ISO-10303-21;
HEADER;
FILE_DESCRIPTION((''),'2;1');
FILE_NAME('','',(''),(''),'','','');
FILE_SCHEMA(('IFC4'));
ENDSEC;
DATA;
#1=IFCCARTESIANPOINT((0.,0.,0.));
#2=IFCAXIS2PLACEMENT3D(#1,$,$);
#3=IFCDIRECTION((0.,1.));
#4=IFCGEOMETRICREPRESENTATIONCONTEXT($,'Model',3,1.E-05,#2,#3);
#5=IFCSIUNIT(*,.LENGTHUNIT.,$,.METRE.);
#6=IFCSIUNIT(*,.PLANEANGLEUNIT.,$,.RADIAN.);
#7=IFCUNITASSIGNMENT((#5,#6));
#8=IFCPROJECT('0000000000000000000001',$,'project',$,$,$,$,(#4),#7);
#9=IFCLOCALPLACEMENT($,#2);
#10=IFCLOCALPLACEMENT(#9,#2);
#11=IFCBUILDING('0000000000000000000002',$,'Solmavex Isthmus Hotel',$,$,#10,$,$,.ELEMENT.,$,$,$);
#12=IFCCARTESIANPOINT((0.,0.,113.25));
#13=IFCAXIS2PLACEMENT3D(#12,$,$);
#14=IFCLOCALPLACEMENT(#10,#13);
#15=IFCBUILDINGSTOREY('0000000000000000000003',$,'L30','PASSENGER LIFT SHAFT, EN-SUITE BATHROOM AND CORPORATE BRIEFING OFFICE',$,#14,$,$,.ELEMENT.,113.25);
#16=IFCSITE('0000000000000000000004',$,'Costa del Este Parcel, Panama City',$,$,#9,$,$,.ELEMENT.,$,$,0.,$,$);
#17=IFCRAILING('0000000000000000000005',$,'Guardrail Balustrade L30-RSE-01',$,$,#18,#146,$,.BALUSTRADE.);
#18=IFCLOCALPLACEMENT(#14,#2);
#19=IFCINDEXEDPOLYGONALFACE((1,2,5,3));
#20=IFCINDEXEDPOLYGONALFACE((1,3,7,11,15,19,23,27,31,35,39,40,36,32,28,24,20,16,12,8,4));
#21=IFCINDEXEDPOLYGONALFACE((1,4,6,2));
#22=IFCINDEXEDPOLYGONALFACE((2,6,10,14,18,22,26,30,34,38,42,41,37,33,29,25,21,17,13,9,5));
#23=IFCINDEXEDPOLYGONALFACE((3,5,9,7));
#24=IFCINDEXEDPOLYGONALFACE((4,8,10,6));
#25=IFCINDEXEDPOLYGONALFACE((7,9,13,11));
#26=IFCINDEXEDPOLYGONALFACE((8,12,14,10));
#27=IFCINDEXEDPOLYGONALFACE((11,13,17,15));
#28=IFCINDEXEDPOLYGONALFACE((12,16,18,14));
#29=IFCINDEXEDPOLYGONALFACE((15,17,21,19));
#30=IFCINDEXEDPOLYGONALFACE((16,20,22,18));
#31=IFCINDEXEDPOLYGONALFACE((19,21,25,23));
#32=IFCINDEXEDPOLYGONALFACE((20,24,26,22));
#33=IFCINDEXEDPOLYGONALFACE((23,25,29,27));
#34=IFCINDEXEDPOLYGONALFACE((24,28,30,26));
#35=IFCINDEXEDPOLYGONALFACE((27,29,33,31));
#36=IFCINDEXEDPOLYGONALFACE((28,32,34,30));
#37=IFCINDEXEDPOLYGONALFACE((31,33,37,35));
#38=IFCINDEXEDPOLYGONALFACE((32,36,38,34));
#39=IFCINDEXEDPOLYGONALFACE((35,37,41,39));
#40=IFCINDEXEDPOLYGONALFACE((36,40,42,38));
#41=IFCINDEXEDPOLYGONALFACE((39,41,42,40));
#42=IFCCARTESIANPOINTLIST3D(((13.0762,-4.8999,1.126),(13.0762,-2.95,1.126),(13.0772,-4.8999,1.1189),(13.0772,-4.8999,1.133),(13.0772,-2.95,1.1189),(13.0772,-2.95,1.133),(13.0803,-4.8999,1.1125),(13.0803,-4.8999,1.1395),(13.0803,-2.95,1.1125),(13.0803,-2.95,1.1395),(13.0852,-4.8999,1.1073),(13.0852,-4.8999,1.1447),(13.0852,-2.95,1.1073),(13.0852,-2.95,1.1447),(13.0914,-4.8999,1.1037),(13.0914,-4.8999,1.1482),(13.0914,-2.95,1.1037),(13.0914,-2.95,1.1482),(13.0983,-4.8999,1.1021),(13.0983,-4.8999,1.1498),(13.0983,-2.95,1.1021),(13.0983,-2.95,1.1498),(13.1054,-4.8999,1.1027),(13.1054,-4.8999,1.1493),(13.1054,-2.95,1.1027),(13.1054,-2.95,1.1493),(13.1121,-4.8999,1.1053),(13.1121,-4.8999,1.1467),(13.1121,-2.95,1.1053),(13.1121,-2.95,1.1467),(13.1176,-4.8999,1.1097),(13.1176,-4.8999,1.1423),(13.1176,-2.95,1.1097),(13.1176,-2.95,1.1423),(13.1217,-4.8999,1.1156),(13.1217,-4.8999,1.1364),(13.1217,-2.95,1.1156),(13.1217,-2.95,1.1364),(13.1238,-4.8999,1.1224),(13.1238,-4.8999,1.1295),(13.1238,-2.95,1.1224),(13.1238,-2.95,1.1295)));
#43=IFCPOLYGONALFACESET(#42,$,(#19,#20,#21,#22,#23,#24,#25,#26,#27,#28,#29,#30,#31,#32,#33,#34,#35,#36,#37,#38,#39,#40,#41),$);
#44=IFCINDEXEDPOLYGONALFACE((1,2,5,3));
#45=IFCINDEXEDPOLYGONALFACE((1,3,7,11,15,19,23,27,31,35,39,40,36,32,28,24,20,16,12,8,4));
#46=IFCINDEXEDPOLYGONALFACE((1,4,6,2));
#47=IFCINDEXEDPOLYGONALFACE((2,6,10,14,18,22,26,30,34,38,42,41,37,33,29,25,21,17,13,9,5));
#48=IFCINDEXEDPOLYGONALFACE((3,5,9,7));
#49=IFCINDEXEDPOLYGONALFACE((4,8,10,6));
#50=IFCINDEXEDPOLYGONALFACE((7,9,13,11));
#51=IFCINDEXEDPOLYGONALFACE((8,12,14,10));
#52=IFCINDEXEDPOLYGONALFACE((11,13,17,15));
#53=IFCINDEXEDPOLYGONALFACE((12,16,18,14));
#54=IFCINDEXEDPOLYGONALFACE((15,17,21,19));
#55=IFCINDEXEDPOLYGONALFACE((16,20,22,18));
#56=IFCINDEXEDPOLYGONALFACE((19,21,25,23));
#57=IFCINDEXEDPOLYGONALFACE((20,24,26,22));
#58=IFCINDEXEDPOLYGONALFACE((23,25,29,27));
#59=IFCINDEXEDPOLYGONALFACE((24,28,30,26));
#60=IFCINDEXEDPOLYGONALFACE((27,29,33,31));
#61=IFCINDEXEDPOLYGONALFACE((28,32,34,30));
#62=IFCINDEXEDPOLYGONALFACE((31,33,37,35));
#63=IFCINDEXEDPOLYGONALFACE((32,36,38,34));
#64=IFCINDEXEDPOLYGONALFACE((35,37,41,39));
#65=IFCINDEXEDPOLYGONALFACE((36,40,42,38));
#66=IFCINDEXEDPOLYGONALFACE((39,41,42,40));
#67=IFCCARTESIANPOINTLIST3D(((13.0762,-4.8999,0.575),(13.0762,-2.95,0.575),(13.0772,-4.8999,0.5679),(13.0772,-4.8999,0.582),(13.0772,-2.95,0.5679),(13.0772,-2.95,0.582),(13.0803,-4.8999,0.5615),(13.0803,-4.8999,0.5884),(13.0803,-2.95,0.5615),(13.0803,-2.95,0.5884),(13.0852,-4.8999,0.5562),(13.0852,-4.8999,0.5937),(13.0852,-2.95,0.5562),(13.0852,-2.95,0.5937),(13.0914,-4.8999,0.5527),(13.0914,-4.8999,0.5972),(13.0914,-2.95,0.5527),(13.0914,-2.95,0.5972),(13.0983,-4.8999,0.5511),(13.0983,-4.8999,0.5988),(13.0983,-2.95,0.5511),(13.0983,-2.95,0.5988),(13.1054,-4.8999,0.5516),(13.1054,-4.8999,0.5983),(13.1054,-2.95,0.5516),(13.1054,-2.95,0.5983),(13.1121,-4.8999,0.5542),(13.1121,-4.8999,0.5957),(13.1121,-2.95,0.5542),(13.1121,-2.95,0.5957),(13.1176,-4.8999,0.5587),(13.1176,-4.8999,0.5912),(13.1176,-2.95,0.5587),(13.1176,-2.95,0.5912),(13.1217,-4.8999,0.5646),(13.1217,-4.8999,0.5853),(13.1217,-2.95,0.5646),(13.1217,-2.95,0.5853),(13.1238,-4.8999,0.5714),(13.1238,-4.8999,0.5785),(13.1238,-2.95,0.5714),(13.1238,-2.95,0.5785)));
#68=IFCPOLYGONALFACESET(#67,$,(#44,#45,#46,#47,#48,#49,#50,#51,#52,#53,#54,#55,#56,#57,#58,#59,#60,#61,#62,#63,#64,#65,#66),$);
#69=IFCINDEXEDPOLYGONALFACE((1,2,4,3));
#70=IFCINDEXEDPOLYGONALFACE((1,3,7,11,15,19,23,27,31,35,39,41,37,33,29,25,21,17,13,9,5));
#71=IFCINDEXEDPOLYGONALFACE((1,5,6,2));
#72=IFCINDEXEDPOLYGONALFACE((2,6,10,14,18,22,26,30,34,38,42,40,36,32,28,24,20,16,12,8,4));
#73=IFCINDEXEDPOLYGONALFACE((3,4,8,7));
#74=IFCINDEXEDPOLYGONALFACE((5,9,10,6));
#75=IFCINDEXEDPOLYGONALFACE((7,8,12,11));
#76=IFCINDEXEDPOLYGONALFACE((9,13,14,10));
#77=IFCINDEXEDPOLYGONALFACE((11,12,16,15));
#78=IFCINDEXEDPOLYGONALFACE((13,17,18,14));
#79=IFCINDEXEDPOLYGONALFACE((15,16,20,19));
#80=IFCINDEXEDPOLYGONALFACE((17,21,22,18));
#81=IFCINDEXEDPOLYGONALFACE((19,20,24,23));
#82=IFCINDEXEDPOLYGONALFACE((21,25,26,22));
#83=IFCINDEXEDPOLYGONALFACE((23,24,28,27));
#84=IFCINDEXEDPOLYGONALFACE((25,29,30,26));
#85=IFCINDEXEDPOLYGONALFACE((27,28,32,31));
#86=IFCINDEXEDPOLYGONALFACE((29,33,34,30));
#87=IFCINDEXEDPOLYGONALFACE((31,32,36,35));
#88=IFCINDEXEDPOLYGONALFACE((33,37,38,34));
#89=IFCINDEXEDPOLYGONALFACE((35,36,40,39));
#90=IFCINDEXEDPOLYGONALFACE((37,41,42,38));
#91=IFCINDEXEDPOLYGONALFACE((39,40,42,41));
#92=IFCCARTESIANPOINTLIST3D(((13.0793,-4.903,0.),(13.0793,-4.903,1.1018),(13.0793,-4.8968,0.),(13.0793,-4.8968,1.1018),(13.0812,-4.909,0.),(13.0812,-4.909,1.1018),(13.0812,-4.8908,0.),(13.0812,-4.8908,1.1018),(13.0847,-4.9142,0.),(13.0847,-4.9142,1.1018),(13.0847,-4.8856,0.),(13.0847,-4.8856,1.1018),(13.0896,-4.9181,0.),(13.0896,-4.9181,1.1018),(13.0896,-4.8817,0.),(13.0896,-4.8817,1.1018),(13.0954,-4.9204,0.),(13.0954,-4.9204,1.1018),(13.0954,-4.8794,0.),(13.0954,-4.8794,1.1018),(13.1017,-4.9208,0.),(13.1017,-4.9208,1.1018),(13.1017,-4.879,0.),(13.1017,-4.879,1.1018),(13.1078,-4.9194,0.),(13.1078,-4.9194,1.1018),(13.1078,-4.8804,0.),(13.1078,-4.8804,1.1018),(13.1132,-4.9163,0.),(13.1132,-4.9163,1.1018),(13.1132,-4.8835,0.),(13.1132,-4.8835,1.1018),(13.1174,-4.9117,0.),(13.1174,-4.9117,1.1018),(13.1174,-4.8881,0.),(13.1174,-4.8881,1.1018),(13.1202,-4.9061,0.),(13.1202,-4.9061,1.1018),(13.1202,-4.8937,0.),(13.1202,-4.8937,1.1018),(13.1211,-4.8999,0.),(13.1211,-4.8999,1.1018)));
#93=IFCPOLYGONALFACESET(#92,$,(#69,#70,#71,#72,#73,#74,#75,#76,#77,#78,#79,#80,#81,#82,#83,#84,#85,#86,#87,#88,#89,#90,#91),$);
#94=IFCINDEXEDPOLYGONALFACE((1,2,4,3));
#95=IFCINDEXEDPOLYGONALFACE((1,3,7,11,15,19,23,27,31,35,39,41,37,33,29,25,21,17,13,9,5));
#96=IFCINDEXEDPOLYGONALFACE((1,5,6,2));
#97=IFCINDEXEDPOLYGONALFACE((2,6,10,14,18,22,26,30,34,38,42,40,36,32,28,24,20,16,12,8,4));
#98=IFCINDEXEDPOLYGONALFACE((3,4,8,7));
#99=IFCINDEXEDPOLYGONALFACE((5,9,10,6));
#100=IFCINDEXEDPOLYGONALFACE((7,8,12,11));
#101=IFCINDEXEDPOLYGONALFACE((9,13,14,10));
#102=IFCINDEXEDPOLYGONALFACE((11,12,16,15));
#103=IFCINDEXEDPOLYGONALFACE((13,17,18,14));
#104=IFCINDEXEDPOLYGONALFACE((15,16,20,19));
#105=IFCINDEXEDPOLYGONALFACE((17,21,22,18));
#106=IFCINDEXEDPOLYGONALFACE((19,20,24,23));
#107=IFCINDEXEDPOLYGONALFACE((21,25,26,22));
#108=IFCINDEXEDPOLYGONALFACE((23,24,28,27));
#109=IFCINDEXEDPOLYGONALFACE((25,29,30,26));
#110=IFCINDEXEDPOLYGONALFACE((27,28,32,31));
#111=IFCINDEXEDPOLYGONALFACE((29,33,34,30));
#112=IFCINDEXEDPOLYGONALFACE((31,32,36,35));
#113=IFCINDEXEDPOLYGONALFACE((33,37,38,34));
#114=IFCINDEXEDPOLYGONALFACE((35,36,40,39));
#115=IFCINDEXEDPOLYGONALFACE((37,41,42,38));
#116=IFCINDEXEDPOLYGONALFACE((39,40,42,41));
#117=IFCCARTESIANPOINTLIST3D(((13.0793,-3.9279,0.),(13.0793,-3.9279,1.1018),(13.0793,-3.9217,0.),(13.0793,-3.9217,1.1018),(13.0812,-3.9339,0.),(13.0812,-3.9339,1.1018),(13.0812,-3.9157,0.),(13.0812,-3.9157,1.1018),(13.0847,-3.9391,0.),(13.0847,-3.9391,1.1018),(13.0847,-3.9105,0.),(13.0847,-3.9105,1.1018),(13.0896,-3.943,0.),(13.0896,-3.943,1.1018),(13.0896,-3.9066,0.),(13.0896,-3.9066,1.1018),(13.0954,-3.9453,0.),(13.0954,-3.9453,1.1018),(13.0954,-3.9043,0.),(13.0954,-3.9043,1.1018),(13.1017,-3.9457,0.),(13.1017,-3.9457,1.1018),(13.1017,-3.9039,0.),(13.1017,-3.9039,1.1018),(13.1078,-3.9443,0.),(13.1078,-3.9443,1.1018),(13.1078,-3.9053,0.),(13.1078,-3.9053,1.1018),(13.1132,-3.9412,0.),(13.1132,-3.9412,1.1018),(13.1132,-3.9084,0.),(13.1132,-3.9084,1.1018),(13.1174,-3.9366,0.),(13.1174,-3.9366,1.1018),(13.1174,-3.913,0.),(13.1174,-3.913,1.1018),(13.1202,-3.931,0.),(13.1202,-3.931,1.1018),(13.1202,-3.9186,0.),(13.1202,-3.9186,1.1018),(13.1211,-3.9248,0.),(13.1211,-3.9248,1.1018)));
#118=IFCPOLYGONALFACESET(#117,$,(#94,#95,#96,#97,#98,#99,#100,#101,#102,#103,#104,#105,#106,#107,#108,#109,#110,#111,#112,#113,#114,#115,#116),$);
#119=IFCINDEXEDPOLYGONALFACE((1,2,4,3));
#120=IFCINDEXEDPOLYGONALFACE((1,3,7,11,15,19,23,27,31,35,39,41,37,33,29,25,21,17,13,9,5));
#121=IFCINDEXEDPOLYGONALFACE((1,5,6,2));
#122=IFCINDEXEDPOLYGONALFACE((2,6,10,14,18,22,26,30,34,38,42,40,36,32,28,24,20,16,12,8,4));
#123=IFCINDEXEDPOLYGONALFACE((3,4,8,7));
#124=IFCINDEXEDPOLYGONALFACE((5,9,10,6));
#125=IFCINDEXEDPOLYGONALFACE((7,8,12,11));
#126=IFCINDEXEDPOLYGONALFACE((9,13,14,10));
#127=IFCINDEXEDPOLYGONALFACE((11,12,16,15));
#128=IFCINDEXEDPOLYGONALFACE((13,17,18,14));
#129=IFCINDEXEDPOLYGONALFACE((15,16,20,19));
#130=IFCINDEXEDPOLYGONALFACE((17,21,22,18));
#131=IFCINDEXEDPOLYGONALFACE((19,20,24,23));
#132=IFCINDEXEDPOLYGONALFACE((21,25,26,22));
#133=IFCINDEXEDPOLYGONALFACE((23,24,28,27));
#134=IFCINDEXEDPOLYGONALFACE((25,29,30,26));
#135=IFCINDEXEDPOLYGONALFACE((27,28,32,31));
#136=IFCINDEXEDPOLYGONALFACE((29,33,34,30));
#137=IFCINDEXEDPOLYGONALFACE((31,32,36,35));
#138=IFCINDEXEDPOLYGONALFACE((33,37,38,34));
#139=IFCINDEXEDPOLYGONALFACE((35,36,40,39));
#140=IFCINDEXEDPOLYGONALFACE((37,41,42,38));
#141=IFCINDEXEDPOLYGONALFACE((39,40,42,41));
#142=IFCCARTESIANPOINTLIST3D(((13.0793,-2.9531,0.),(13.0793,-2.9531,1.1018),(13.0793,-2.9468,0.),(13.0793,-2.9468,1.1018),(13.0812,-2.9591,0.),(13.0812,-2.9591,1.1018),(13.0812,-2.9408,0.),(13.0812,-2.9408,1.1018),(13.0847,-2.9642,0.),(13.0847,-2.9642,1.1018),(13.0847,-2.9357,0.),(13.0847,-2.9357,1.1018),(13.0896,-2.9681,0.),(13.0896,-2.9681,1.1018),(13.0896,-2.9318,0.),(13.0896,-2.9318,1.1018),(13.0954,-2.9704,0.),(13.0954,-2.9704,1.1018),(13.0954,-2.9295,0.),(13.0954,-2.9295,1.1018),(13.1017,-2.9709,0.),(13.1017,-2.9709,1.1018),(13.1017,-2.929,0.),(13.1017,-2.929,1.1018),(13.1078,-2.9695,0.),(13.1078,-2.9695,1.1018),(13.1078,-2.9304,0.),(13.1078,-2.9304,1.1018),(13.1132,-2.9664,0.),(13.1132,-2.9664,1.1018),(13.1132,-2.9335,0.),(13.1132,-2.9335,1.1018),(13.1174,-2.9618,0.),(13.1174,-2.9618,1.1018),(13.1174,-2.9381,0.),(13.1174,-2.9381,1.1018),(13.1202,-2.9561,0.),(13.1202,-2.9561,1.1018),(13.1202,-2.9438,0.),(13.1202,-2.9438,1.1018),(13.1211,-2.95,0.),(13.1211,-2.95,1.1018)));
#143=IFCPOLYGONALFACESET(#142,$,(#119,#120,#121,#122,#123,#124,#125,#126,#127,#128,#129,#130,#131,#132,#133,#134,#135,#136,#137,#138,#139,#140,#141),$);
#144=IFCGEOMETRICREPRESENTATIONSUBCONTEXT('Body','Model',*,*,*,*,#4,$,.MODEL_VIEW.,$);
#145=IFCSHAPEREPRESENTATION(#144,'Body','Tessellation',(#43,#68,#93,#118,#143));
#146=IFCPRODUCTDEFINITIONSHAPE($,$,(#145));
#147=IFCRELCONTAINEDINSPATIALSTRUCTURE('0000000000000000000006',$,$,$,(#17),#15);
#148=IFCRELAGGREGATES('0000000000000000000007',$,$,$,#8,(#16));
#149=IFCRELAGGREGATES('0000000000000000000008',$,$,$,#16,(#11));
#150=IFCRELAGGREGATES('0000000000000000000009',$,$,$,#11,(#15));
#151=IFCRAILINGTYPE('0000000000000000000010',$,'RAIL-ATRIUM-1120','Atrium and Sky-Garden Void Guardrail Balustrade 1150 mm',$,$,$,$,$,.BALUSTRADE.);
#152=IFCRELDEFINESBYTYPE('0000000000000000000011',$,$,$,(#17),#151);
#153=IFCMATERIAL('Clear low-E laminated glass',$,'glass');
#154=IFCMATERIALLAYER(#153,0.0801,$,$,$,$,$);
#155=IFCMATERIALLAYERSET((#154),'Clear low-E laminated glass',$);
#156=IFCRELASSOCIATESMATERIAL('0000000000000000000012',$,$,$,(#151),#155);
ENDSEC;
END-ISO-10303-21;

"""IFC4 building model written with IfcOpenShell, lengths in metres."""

from ifc_helpers import new_model, si_unit, direction, frame, origin, origin_2d, place, context, subcontext, project, spatial, circle, extrude, material, layer, layer_set, type_object, element, save


model = new_model("IFC4")

# Units and contexts
model_context = context("Model", 3, precision=1e-05, world=origin(), true_north=direction((0.0, 1.0)))
body_context = subcontext(model_context, "Body", "Model", "MODEL_VIEW")
ifc_project = project(units=[si_unit("LENGTHUNIT", "METRE"), si_unit("PLANEANGLEUNIT", "RADIAN")], contexts=[model_context])

# Site, building, storey
site_placement = place(None, origin())
site = spatial("IfcSite", under=ifc_project, at=site_placement, Name="Costa del Este Parcel, Panama City", CompositionType="ELEMENT", RefElevation=0.0)
building_placement = place(site_placement, origin())
building = spatial("IfcBuilding", under=site, at=building_placement, Name="Solmavex Isthmus Hotel", CompositionType="ELEMENT")
storey_placement = place(building_placement, frame((0.0, 0.0, 113.25)))
storey = spatial("IfcBuildingStorey", under=building, at=storey_placement, Name="L30", Description="PASSENGER LIFT SHAFT, EN-SUITE BATHROOM AND CORPORATE BRIEFING OFFICE", CompositionType="ELEMENT", Elevation=113.25)

# Railing
ifc_material_1 = material(Name="Clear low-E laminated glass", Category="glass")
ifc_layer_1 = layer(ifc_material_1, 0.0801)
ifc_layer_set_1 = layer_set([ifc_layer_1], Name="Clear low-E laminated glass")
railing_type_1 = type_object("IfcRailingType", Name="RAIL-ATRIUM-1120", Description="Atrium and Sky-Garden Void Guardrail Balustrade 1150 mm", PredefinedType="BALUSTRADE", material=ifc_layer_set_1)
railing_1_placement = place(storey_placement, frame((13.1001, -4.8999, 0.0)))
element("IfcRailing", 1, at=railing_1_placement, inside=storey, type_object=railing_type_1, Name="Guardrail Balustrade L30-RSE-01", PredefinedType="BALUSTRADE", context=body_context, shape_type="SweptSolid", body=[
    extrude(circle(Radius=0.0239, at=origin_2d()), frame((0.0, 0.0, 1.126), z_axis=(0.0, 1.0, 0.0), x_axis=(-1.0, 0.0, 0.0)), (0.0, 0.0, 1.0), 1.95),
    extrude(circle(Radius=0.0239, at=origin_2d()), frame((0.0, 0.0, 0.575), z_axis=(0.0, 1.0, 0.0), x_axis=(-1.0, 0.0, 0.0)), (0.0, 0.0, 1.0), 1.95),
    extrude(circle(Radius=0.021, at=origin_2d()), origin(), (0.0, 0.0, 1.0), 1.1018),
    extrude(circle(Radius=0.021, at=origin_2d()), frame((0.0, 0.9751, 0.0)), (0.0, 0.0, 1.0), 1.1018),
    extrude(circle(Radius=0.021, at=origin_2d()), frame((0.0, 1.95, 0.0)), (0.0, 0.0, 1.0), 1.1018),
])

save(model, "model.ifc")
